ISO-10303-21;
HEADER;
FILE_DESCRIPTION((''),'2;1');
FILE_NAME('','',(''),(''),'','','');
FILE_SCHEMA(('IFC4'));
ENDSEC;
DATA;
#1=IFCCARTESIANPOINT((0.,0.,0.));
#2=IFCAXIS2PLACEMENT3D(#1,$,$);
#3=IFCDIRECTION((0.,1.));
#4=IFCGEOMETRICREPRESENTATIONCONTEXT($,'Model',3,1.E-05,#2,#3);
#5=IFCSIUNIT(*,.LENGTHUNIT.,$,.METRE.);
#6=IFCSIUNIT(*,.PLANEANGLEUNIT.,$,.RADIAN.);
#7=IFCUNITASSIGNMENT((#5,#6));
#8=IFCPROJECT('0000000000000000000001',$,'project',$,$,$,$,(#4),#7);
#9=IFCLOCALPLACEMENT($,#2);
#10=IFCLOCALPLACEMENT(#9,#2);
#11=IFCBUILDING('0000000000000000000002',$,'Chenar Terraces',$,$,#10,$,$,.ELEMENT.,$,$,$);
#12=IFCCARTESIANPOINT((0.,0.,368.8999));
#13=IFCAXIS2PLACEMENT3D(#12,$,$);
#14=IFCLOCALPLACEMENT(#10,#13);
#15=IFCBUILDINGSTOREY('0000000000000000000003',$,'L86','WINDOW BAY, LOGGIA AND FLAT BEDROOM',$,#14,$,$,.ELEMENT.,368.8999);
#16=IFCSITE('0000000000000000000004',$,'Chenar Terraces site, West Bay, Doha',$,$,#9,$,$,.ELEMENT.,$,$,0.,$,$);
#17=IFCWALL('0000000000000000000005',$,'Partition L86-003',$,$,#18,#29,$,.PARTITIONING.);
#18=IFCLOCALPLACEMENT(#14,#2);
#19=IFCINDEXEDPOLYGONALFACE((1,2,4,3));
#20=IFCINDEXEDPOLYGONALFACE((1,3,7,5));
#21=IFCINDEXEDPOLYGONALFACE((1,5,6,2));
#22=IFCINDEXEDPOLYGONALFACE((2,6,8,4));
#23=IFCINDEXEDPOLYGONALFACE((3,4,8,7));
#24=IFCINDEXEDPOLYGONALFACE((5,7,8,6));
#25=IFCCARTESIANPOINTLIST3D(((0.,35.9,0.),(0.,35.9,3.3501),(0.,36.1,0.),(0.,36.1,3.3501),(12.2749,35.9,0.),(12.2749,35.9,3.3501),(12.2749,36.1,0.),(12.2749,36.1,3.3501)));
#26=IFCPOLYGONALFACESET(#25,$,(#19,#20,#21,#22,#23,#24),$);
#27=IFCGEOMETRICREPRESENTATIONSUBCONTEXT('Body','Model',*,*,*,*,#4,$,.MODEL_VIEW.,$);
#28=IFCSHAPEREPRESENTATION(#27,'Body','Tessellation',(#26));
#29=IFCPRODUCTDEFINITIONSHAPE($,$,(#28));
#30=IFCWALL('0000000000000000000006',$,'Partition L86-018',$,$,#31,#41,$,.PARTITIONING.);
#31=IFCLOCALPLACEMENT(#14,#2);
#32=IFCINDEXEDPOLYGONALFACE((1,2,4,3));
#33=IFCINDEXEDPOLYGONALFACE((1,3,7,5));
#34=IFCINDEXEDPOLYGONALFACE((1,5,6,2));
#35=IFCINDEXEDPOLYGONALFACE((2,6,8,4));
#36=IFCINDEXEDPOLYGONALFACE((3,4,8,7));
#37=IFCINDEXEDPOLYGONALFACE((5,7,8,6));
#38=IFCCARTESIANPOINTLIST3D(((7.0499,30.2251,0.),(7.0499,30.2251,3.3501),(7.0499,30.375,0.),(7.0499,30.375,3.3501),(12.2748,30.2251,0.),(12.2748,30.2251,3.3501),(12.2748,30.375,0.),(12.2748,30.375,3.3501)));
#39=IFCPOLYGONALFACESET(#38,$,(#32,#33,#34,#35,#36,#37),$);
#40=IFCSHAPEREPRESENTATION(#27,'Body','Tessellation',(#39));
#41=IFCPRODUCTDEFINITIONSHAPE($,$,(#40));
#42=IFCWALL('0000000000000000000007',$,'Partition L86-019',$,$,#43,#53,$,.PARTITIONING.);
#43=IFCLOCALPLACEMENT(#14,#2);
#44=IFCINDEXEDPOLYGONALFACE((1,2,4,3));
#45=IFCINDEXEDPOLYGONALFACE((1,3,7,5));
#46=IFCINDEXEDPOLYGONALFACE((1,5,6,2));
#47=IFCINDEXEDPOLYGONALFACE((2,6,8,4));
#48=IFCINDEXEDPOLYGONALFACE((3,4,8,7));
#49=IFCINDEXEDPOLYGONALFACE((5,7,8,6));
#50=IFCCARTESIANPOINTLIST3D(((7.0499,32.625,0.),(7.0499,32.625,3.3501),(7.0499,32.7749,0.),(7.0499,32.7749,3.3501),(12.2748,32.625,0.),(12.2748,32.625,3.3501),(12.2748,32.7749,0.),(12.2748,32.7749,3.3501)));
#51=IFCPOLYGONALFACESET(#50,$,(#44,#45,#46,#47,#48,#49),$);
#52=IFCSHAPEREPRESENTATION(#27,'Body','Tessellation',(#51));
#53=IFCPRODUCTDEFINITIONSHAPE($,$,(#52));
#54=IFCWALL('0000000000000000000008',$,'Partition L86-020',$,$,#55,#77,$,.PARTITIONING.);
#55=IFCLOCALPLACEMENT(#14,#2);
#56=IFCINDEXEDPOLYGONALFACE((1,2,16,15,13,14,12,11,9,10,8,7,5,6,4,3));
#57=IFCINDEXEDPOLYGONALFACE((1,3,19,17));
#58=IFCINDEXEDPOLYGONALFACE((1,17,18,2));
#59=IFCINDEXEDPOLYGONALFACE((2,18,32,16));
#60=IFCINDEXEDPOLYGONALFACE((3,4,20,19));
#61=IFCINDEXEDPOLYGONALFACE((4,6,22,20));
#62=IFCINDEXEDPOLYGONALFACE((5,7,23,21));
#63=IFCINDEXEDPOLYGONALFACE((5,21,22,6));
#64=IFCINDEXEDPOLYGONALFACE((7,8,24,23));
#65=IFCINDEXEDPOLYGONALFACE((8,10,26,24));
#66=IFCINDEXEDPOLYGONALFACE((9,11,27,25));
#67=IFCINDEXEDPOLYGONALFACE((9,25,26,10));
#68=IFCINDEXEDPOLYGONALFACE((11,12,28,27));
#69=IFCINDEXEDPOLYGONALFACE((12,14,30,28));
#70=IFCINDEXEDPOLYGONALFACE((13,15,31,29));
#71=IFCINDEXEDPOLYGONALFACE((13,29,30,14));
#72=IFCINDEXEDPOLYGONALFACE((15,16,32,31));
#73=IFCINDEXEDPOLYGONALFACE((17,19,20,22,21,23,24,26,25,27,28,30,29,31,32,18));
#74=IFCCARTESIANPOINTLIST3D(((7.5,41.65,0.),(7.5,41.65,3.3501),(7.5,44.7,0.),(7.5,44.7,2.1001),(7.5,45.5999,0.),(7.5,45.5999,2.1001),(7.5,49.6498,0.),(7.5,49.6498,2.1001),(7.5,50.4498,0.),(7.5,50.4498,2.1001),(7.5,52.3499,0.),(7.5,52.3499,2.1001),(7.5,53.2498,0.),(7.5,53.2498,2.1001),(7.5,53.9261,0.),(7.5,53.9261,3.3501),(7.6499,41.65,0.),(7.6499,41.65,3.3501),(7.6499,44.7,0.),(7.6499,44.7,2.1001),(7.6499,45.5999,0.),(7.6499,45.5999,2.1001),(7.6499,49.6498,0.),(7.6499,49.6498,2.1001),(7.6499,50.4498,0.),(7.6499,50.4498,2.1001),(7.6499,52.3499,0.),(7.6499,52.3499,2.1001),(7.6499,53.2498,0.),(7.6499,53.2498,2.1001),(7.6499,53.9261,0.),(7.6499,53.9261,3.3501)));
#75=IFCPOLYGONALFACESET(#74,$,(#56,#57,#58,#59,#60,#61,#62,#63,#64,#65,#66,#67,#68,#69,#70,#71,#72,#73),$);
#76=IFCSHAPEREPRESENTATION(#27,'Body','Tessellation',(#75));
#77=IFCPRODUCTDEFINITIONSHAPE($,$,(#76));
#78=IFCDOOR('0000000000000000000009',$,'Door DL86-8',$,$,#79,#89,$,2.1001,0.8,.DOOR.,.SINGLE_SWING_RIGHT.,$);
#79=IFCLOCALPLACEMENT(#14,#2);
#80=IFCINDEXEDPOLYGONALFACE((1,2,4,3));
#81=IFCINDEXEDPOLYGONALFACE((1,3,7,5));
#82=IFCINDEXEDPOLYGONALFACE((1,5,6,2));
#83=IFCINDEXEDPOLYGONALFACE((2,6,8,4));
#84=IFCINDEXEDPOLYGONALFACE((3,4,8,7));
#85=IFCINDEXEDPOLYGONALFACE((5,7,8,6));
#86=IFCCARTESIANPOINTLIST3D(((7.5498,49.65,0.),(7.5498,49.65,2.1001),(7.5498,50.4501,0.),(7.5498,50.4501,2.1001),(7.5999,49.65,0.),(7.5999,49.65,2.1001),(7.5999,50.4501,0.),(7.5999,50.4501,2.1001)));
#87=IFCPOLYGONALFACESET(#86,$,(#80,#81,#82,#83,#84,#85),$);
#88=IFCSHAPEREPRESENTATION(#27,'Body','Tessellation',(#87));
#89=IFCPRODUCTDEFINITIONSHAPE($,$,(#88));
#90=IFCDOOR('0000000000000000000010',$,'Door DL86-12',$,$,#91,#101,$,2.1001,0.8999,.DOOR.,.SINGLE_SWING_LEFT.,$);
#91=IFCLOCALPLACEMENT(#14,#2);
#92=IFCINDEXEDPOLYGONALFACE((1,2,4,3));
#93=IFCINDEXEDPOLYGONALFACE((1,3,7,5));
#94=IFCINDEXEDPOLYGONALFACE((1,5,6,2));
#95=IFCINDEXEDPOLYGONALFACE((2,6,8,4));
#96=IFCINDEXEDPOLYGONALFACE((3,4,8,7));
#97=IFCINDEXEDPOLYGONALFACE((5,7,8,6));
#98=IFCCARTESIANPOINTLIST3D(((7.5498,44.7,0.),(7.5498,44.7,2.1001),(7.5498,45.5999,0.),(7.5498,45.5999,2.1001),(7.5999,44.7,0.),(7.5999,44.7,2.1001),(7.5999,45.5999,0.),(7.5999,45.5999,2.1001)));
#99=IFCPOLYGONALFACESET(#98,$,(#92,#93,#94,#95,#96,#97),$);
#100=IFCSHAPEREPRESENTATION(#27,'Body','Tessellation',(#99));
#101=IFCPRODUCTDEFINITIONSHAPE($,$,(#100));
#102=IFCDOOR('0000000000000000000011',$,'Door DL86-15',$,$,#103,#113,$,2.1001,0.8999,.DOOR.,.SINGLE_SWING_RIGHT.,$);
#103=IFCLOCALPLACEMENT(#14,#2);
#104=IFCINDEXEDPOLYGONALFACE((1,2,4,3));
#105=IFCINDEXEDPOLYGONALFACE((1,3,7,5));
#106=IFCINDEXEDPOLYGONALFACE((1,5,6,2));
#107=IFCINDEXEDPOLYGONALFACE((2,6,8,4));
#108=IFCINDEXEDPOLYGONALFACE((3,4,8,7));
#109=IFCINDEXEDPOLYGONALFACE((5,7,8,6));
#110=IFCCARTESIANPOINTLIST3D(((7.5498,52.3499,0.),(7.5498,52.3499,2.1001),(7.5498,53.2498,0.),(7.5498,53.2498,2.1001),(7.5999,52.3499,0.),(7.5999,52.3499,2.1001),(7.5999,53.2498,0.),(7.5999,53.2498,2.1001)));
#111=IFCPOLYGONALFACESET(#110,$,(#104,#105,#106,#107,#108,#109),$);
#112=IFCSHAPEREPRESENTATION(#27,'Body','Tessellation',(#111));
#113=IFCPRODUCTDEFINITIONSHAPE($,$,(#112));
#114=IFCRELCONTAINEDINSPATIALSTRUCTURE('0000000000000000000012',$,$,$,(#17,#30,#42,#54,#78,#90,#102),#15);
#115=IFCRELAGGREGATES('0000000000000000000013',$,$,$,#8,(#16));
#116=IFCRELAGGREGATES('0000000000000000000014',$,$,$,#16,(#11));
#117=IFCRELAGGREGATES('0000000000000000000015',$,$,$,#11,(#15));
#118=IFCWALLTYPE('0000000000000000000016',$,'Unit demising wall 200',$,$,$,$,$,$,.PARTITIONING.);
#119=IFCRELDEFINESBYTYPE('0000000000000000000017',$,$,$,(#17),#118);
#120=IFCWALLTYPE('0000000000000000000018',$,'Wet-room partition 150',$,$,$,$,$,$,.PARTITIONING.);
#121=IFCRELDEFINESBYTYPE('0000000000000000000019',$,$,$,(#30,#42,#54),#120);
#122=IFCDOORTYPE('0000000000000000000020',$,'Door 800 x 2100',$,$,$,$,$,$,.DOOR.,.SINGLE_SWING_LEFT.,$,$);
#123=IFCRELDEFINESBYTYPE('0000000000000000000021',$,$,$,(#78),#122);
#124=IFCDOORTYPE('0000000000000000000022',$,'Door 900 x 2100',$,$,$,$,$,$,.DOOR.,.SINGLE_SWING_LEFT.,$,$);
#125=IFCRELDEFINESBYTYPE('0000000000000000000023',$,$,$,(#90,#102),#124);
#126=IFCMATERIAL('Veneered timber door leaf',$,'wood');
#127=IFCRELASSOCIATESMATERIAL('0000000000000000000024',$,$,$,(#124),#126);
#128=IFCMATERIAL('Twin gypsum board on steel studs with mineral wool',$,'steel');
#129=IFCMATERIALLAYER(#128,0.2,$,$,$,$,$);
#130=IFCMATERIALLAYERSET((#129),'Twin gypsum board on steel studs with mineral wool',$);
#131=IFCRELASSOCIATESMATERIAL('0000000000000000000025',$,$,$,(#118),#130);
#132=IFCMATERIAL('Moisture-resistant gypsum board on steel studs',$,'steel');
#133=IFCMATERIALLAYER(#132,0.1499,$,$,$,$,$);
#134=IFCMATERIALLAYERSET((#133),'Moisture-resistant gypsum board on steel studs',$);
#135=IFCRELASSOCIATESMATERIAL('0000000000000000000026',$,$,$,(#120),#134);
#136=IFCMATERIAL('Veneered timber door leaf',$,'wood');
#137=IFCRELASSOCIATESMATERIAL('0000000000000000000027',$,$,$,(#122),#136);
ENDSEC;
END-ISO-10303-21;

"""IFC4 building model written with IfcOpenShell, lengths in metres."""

from ifc_helpers import new_model, si_unit, direction, frame, frame_2d, origin, place, context, subcontext, project, spatial, rectangle, extrude, material, layer, layer_set, type_object, element, fill, save


model = new_model("IFC4")

# Units and contexts
model_context = context("Model", 3, precision=1e-05, world=origin(), true_north=direction((0.0, 1.0)))
body_context = subcontext(model_context, "Body", "Model", "MODEL_VIEW")
ifc_project = project(units=[si_unit("LENGTHUNIT", "METRE"), si_unit("PLANEANGLEUNIT", "RADIAN")], contexts=[model_context])

# Site, building, storey
site_placement = place(None, origin())
site = spatial("IfcSite", under=ifc_project, at=site_placement, Name="Chenar Terraces site, West Bay, Doha", CompositionType="ELEMENT", RefElevation=0.0)
building_placement = place(site_placement, origin())
building = spatial("IfcBuilding", under=site, at=building_placement, Name="Chenar Terraces", CompositionType="ELEMENT")
storey_placement = place(building_placement, frame((0.0, 0.0, 368.8999)))
storey = spatial("IfcBuildingStorey", under=building, at=storey_placement, Name="L86", Description="WINDOW BAY, LOGGIA AND FLAT BEDROOM", CompositionType="ELEMENT", Elevation=368.8999)

# Shared definitions
placement = place(storey_placement, frame((0.0, 36.0, 0.0), z_axis=(0.0, 0.0, 1.0), x_axis=(1.0, 0.0, 0.0)))

# Shared definitions
ifc_material_1 = material(Name="Veneered timber door leaf", Category="wood")
door_type_1 = type_object("IfcDoorType", Name="Door 900 x 2100", OperationType="SINGLE_SWING_LEFT", PredefinedType="DOOR", material=ifc_material_1)

# Walls
ifc_material_2 = material(Name="Twin gypsum board on steel studs with mineral wool", Category="steel")
ifc_layer_1 = layer(ifc_material_2, 0.2)
ifc_layer_set_1 = layer_set([ifc_layer_1], Name="Twin gypsum board on steel studs with mineral wool")
wall_type_1 = type_object("IfcWallType", Name="Unit demising wall 200", PredefinedType="PARTITIONING", material=ifc_layer_set_1)
element("IfcWall", 1, at=placement, inside=storey, type_object=wall_type_1, Name="Partition L86-003", PredefinedType="PARTITIONING", context=body_context, shape_type="SweptSolid", body=[
    extrude(rectangle(XDim=12.2749, YDim=0.2, at=frame_2d((6.1375, 0.0))), origin(), (0.0, 0.0, 1.0), 3.3501),
])
ifc_material_3 = material(Name="Moisture-resistant gypsum board on steel studs", Category="steel")
ifc_layer_2 = layer(ifc_material_3, 0.1499)
ifc_layer_set_2 = layer_set([ifc_layer_2], Name="Moisture-resistant gypsum board on steel studs")
wall_type_2 = type_object("IfcWallType", Name="Wet-room partition 150", PredefinedType="PARTITIONING", material=ifc_layer_set_2)
for number, where, z_axis, x_axis, name in (
    (2, (7.05, 30.3, 0.0), (0.0, 0.0, 1.0), (1.0, 0.0, 0.0), "Partition L86-018"),
    (3, (7.05, 32.7, 0.0), (0.0, 0.0, 1.0), (1.0, 0.0, 0.0), "Partition L86-019"),
):
    element("IfcWall", number, at=place(storey_placement, frame(where, z_axis=z_axis, x_axis=x_axis)), inside=storey, type_object=wall_type_2, Name=name, PredefinedType="PARTITIONING", context=body_context, shape_type="SweptSolid", body=[
        extrude(rectangle(XDim=5.2249, YDim=0.1499, at=frame_2d((2.6123, 0.0))), origin(), (0.0, 0.0, 1.0), 3.3501),
    ])

# Wall, openings, doors
wall_1_placement = place(storey_placement, frame((7.575, 41.6499, 0.0), z_axis=(0.0, 0.0, 1.0), x_axis=(0.0, 1.0, 0.0)))
wall_1 = element("IfcWall", 4, at=wall_1_placement, inside=storey, type_object=wall_type_2, Name="Partition L86-020", PredefinedType="PARTITIONING", context=body_context, shape_type="SweptSolid", body=[
    extrude(rectangle(XDim=12.2761, YDim=0.1499, at=frame_2d((6.1382, 0.0))), origin(), (0.0, 0.0, 1.0), 3.3501),
])
opening_1_placement = place(wall_1_placement, frame((8.0, 0.0, 0.0)))
opening_1 = element("IfcOpeningElement", 5, at=opening_1_placement, cuts=wall_1, PredefinedType="OPENING", context=body_context, shape_type="SweptSolid", body=[
    extrude(rectangle(XDim=0.8, YDim=2.1001, at=frame_2d((0.3999, 1.05))), frame((0.0, 0.085, 0.0), z_axis=(0.0, -1.0, 0.0), x_axis=(1.0, 0.0, 0.0)), (0.0, 0.0, 1.0), 0.1699),
])
opening_2_placement = place(wall_1_placement, frame((3.05, 0.0, 0.0)))
opening_2 = element("IfcOpeningElement", 6, at=opening_2_placement, cuts=wall_1, PredefinedType="OPENING", context=body_context, shape_type="SweptSolid", body=[
    extrude(rectangle(XDim=0.8999, YDim=2.1001, at=frame_2d((0.45, 1.05))), frame((0.0, 0.085, 0.0), z_axis=(0.0, -1.0, 0.0), x_axis=(1.0, 0.0, 0.0)), (0.0, 0.0, 1.0), 0.1699),
])
opening_3_placement = place(wall_1_placement, frame((10.7, 0.0, 0.0)))
opening_3 = element("IfcOpeningElement", 7, at=opening_3_placement, cuts=wall_1, PredefinedType="OPENING", context=body_context, shape_type="SweptSolid", body=[
    extrude(rectangle(XDim=0.8999, YDim=2.1001, at=frame_2d((0.45, 1.05))), frame((0.0, 0.085, 0.0), z_axis=(0.0, -1.0, 0.0), x_axis=(1.0, 0.0, 0.0)), (0.0, 0.0, 1.0), 0.1699),
])
ifc_material_4 = material(Name="Veneered timber door leaf", Category="wood")
door_type_2 = type_object("IfcDoorType", Name="Door 800 x 2100", OperationType="SINGLE_SWING_LEFT", PredefinedType="DOOR", material=ifc_material_4)
door_1_placement = place(opening_1_placement, frame((0.8, 0.0, 0.0), z_axis=(0.0, 0.0, 1.0), x_axis=(-1.0, 0.0, 0.0)))
door_1 = element("IfcDoor", 8, at=door_1_placement, inside=storey, type_object=door_type_2, Name="Door DL86-8", OperationType="SINGLE_SWING_RIGHT", OverallHeight=2.1001, OverallWidth=0.8, PredefinedType="DOOR", context=body_context, shape_type="SweptSolid", body=[
    extrude(rectangle(XDim=0.8, YDim=2.1001, at=frame_2d((0.3999, 1.05))), frame((0.0, 0.0249, 0.0), z_axis=(0.0, -1.0, 0.0), x_axis=(1.0, 0.0, 0.0)), (0.0, 0.0, 1.0), 0.05),
])
fill(opening_1, door_1)
door_2_placement = place(opening_2_placement, frame((0.8999, 0.0, 0.0), z_axis=(0.0, 0.0, 1.0), x_axis=(-1.0, 0.0, 0.0)))
door_2 = element("IfcDoor", 9, at=door_2_placement, inside=storey, type_object=door_type_1, Name="Door DL86-12", OperationType="SINGLE_SWING_LEFT", OverallHeight=2.1001, OverallWidth=0.8999, PredefinedType="DOOR", context=body_context, shape_type="SweptSolid", body=[
    extrude(rectangle(XDim=0.8999, YDim=2.1001, at=frame_2d((0.45, 1.05))), frame((0.0, 0.0249, 0.0), z_axis=(0.0, -1.0, 0.0), x_axis=(1.0, 0.0, 0.0)), (0.0, 0.0, 1.0), 0.05),
])
fill(opening_2, door_2)
door_3_placement = place(opening_3_placement, frame((0.8999, 0.0, 0.0), z_axis=(0.0, 0.0, 1.0), x_axis=(-1.0, 0.0, 0.0)))
door_3 = element("IfcDoor", 10, at=door_3_placement, inside=storey, type_object=door_type_1, Name="Door DL86-15", OperationType="SINGLE_SWING_RIGHT", OverallHeight=2.1001, OverallWidth=0.8999, PredefinedType="DOOR", context=body_context, shape_type="SweptSolid", body=[
    extrude(rectangle(XDim=0.8999, YDim=2.1001, at=frame_2d((0.45, 1.05))), frame((0.0, 0.0249, 0.0), z_axis=(0.0, -1.0, 0.0), x_axis=(1.0, 0.0, 0.0)), (0.0, 0.0, 1.0), 0.05),
])
fill(opening_3, door_3)

save(model, "model.ifc")
